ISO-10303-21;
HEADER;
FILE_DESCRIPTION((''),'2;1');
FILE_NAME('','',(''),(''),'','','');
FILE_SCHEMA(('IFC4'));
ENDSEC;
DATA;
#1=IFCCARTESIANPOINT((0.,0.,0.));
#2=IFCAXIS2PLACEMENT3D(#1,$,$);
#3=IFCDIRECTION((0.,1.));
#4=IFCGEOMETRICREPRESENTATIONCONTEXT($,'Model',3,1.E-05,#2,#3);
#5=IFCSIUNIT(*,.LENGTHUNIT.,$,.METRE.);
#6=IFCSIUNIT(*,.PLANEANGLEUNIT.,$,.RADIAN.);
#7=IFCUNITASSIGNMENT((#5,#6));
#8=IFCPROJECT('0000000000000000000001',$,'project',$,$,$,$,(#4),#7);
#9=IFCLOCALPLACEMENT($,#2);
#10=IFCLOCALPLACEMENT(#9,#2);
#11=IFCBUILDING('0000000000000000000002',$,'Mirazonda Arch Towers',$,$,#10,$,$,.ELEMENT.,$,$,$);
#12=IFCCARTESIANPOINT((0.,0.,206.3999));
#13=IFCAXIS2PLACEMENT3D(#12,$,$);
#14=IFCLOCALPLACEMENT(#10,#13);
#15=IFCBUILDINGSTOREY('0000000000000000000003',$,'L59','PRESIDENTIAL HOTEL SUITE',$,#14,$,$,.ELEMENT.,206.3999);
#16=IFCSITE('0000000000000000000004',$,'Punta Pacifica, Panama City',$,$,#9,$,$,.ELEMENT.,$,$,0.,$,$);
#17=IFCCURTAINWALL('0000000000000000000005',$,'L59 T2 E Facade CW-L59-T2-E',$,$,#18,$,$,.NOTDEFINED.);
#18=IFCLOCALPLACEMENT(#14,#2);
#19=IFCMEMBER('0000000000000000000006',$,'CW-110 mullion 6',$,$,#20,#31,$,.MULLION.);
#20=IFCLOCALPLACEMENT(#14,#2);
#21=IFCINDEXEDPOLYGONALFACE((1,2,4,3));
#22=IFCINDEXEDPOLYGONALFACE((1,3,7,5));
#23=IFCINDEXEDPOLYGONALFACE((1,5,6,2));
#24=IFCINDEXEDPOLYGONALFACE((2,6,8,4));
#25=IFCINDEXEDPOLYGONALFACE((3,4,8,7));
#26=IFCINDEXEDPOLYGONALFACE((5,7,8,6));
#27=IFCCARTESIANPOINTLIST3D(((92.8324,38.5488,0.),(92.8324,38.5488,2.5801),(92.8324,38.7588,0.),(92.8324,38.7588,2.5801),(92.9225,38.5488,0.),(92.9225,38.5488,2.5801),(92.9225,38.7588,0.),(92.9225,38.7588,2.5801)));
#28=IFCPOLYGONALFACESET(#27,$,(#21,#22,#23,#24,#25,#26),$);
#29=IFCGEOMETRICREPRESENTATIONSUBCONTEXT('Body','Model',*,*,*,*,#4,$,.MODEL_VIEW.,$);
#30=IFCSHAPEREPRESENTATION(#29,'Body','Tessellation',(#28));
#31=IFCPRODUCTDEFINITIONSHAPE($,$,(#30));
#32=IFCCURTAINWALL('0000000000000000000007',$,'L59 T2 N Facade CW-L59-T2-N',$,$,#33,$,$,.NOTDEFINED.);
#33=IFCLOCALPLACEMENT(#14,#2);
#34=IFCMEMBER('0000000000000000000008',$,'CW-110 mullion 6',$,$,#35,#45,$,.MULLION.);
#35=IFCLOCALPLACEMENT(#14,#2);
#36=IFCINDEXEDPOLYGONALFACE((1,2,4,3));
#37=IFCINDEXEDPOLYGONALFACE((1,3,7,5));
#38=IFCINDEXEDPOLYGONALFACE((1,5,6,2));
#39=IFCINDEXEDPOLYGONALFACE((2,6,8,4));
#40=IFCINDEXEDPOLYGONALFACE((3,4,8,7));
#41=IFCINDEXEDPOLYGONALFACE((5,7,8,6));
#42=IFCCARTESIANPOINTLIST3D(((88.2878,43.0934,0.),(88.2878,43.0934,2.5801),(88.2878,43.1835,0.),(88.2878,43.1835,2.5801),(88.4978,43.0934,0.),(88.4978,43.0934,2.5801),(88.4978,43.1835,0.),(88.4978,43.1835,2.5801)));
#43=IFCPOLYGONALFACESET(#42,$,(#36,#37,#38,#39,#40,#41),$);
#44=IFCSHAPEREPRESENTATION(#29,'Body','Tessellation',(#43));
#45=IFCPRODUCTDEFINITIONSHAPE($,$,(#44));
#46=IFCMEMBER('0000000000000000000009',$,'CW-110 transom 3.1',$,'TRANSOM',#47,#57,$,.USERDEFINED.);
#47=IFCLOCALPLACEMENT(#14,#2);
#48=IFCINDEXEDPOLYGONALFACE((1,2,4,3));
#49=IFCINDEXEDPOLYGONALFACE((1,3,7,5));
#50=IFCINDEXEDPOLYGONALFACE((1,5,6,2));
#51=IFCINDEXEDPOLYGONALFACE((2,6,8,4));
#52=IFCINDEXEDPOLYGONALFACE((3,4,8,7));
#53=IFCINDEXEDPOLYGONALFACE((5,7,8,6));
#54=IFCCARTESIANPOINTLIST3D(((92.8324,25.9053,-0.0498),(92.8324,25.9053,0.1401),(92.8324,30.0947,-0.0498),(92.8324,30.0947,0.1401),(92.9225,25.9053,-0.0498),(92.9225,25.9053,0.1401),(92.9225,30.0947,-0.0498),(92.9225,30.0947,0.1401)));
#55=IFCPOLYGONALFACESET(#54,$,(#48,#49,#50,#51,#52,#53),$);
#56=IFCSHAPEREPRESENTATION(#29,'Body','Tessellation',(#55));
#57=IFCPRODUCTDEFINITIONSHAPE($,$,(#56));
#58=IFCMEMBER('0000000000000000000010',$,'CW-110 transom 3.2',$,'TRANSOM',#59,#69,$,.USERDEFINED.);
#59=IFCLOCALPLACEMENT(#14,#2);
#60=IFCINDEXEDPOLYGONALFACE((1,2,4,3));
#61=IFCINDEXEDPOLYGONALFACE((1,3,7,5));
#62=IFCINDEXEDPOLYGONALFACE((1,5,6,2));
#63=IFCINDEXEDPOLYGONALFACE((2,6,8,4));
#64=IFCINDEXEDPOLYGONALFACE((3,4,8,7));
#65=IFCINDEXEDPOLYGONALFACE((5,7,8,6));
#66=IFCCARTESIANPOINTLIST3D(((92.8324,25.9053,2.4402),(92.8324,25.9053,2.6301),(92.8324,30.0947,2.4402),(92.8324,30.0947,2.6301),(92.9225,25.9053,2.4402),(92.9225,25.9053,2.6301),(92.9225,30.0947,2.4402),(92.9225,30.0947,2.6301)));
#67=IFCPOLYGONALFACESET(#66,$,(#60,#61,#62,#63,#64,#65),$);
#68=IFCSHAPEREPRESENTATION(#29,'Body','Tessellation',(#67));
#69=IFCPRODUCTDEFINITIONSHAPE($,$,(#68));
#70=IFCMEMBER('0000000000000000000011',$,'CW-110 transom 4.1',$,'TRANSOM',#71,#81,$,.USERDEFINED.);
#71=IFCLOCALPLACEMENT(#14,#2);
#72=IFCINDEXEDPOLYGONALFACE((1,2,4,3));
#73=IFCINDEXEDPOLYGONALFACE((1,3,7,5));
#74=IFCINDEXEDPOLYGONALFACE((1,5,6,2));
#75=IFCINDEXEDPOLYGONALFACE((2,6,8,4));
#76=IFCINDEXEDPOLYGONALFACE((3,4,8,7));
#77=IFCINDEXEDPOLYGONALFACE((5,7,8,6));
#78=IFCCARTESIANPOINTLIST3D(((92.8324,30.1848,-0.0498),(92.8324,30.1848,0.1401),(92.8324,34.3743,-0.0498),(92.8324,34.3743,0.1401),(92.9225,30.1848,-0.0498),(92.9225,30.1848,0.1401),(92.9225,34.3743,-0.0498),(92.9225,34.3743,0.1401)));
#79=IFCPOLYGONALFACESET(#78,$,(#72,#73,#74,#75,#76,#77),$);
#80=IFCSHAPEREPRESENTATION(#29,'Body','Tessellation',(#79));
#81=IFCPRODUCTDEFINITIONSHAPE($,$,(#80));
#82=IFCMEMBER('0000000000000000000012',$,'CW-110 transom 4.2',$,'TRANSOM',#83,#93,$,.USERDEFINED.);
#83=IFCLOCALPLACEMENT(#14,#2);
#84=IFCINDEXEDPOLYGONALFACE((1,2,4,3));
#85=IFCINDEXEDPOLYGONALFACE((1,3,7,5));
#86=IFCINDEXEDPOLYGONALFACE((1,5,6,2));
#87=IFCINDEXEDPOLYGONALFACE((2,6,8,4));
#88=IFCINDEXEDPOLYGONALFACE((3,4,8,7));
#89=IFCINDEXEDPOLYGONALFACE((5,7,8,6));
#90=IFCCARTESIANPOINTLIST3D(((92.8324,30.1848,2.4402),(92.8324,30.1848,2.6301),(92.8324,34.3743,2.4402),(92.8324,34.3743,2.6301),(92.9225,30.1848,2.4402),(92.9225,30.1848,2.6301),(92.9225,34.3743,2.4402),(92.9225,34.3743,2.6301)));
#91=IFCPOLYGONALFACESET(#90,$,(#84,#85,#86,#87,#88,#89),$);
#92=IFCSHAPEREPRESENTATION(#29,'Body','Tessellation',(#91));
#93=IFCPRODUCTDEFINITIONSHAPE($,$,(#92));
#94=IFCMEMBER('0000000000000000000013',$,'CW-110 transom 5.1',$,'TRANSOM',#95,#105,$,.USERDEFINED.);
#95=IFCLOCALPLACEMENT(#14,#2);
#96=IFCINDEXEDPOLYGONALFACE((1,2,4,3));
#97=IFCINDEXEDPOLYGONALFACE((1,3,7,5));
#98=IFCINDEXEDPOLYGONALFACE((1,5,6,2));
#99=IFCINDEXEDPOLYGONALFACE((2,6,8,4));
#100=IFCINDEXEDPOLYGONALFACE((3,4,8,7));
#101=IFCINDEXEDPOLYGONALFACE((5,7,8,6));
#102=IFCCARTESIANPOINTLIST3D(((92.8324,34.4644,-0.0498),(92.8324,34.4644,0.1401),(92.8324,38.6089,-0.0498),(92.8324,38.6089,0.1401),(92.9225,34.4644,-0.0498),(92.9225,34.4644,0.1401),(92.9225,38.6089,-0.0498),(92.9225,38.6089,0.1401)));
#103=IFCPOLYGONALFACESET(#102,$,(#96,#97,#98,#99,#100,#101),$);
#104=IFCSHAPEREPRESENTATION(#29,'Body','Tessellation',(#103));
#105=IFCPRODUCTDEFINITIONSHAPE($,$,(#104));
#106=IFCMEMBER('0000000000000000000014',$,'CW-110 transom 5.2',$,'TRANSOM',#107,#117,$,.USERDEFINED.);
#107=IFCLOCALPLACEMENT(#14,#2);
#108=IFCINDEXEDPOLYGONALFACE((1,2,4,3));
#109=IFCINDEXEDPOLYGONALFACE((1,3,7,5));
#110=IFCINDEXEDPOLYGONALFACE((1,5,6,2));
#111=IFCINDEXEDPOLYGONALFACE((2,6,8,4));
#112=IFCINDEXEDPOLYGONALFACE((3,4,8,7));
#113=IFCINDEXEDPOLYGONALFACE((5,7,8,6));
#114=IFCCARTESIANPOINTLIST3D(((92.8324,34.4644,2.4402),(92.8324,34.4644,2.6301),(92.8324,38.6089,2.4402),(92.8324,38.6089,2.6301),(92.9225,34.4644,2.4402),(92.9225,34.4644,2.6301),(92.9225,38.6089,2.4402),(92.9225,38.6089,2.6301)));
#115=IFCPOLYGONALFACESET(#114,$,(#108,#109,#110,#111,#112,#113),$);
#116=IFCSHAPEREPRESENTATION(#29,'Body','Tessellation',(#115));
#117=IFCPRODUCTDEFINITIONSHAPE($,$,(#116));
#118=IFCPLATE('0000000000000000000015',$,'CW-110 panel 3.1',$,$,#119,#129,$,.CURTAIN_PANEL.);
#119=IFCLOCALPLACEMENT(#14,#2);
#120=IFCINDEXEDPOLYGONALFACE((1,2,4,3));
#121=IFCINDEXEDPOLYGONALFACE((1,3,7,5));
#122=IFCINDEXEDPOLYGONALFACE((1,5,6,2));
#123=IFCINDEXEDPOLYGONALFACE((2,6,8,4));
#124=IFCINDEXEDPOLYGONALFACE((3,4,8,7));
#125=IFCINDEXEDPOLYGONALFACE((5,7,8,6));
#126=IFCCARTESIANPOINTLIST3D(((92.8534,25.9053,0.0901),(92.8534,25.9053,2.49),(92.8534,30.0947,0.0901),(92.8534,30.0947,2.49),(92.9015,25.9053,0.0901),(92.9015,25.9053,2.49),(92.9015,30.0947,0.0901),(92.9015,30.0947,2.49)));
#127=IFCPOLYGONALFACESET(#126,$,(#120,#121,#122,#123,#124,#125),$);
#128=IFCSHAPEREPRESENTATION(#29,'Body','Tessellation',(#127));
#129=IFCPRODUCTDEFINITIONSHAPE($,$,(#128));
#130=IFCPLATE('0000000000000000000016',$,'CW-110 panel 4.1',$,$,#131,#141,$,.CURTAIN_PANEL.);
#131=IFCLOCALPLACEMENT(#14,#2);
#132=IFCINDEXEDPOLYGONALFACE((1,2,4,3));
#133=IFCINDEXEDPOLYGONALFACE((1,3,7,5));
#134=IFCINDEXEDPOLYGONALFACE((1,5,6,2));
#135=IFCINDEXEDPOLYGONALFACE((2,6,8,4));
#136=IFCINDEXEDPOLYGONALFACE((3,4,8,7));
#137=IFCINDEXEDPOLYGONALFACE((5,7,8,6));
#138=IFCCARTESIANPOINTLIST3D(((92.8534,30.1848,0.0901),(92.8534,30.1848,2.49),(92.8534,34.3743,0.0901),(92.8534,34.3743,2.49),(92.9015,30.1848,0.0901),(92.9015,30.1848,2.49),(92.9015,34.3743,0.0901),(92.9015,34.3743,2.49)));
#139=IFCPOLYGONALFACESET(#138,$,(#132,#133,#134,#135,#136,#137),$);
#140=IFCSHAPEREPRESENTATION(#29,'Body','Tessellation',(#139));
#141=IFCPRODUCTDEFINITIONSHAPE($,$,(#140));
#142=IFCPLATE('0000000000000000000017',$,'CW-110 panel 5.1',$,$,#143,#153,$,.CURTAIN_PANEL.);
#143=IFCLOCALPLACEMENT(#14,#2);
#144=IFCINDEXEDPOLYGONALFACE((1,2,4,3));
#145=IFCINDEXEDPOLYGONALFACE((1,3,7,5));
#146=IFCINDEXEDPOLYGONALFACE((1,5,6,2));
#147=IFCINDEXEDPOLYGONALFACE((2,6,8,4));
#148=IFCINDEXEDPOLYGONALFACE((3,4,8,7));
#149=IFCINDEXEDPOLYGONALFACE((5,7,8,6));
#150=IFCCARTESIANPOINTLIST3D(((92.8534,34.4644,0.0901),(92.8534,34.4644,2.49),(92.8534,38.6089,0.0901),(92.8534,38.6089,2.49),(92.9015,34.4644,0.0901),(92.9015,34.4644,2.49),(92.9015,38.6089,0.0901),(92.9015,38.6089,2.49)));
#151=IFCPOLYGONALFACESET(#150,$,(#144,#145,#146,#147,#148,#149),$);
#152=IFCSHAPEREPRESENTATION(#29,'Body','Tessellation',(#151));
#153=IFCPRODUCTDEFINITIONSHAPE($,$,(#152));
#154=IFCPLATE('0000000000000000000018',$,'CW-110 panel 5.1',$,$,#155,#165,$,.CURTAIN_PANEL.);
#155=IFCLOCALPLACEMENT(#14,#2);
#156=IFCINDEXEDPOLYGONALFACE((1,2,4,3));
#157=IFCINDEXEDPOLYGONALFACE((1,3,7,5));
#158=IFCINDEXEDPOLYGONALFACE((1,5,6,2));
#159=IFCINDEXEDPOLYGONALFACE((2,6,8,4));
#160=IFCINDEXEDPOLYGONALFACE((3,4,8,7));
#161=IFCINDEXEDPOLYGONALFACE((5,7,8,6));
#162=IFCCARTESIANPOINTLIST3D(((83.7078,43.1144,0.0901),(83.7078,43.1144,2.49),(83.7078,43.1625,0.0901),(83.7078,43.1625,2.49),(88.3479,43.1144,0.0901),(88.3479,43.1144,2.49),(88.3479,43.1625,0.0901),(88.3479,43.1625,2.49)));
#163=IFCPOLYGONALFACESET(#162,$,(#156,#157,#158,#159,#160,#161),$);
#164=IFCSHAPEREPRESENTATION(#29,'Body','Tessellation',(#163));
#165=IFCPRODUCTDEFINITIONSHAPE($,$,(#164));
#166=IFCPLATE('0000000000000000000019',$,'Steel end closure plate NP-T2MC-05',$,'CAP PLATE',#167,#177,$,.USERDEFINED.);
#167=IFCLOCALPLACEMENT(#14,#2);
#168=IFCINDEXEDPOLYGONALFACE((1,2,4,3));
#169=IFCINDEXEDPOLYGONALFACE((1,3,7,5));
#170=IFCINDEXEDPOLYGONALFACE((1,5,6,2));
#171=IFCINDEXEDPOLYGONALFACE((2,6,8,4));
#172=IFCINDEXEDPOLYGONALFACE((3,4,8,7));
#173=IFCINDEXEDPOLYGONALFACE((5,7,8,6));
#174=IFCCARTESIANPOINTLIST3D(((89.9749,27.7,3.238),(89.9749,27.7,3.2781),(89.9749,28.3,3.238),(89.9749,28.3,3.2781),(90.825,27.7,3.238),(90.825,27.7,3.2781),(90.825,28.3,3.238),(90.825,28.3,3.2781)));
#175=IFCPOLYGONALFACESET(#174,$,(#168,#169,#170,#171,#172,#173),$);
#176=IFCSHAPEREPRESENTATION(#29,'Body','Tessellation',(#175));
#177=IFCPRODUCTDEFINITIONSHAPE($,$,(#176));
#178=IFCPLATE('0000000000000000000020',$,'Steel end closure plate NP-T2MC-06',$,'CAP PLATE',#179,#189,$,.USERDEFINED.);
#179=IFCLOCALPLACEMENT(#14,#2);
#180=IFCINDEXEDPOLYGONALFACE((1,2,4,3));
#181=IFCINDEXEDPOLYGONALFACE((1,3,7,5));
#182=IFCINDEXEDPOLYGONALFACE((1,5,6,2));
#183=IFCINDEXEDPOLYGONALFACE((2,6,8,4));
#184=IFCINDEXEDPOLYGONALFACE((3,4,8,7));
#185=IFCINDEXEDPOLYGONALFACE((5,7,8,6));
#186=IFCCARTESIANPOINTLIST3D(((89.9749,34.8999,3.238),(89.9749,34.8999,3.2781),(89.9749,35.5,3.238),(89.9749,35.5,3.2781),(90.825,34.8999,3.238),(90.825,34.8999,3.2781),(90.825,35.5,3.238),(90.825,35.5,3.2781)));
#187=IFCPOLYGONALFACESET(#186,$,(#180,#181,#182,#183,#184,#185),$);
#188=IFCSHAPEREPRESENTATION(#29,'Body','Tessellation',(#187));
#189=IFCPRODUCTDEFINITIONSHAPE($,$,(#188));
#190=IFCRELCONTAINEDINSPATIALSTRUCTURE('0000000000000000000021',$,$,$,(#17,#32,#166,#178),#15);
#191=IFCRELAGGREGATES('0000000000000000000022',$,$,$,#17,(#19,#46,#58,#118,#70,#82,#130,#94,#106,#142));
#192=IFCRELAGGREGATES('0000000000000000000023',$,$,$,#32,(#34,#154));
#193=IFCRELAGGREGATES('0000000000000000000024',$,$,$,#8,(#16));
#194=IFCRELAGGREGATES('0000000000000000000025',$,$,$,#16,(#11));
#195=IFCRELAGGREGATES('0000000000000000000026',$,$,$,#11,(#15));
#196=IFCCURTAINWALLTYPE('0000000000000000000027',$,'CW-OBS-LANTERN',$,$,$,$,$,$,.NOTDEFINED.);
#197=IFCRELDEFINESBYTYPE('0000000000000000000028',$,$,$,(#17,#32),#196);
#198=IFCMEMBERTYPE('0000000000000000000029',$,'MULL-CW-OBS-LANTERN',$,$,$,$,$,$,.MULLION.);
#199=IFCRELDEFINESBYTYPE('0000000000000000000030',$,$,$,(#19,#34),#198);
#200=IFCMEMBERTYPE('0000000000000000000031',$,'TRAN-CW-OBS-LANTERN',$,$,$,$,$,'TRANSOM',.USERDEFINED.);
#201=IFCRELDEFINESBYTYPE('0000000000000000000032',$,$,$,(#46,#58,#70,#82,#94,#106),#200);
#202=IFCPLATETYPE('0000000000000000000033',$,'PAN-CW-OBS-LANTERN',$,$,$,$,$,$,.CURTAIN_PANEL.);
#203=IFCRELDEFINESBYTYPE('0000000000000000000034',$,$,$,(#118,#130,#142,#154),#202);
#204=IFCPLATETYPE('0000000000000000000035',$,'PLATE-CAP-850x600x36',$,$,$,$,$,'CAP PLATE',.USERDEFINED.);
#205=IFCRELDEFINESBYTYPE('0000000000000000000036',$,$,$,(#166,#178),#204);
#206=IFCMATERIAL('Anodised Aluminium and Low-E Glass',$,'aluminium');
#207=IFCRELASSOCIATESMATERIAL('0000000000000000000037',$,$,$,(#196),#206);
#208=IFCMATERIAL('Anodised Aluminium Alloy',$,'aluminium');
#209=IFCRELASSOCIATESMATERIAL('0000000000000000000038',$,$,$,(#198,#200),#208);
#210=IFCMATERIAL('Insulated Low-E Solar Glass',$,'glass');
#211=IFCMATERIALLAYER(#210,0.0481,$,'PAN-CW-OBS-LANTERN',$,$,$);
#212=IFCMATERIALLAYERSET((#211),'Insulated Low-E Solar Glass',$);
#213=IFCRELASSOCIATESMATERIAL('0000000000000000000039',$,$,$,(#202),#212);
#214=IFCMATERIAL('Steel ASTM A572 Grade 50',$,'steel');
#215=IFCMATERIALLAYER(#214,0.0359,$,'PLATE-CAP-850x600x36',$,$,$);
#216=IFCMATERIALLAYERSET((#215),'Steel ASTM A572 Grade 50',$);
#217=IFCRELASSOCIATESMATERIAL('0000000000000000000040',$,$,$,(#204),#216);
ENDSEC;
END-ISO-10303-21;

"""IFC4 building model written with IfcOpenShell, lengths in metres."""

from ifc_helpers import new_model, si_unit, direction, frame, origin, origin_2d, place, context, subcontext, project, spatial, rectangle, extrude, material, layer, layer_set, material_profile, profile_set, type_object, element, aggregate, save


model = new_model("IFC4")

# Units and contexts
model_context = context("Model", 3, precision=1e-05, world=origin(), true_north=direction((0.0, 1.0)))
body_context = subcontext(model_context, "Body", "Model", "MODEL_VIEW")
ifc_project = project(units=[si_unit("LENGTHUNIT", "METRE"), si_unit("PLANEANGLEUNIT", "RADIAN")], contexts=[model_context])

# Site, building, storey
site_placement = place(None, origin())
site = spatial("IfcSite", under=ifc_project, at=site_placement, Name="Punta Pacifica, Panama City", CompositionType="ELEMENT", RefElevation=0.0)
building_placement = place(site_placement, origin())
building = spatial("IfcBuilding", under=site, at=building_placement, Name="Mirazonda Arch Towers", CompositionType="ELEMENT")
storey_placement = place(building_placement, frame((0.0, 0.0, 206.3999)))
storey = spatial("IfcBuildingStorey", under=building, at=storey_placement, Name="L59", Description="PRESIDENTIAL HOTEL SUITE", CompositionType="ELEMENT", Elevation=206.3999)

# Shared definitions
ifc_material_1 = material(Name="Steel ASTM A572 Grade 50", Category="steel")

# Curtain wall, member
ifc_material_2 = material(Name="Anodised Aluminium and Low-E Glass", Category="aluminium")
curtain_wall_type = type_object("IfcCurtainWallType", Name="CW-OBS-LANTERN", PredefinedType="NOTDEFINED", material=ifc_material_2)
curtain_wall_1_placement = place(storey_placement, origin())
curtain_wall_1 = element("IfcCurtainWall", 1, at=curtain_wall_1_placement, inside=storey, type_object=curtain_wall_type, Name="L59 T2 E Facade CW-L59-T2-E", PredefinedType="NOTDEFINED")
ifc_material_3 = material(Name="Anodised Aluminium Alloy", Category="aluminium")
ifc_material_profile_1 = material_profile(ifc_material_3, rectangle(XDim=0.0901, YDim=0.21, at=origin_2d()), Name="ALU-MULL-90x210")
ifc_profile_set_1 = profile_set([ifc_material_profile_1], Name="Anodised Aluminium Alloy")
member_type_1 = type_object("IfcMemberType", Name="MULL-CW-OBS-LANTERN", PredefinedType="MULLION", material=ifc_profile_set_1)
member_1_placement = place(storey_placement, frame((92.8774, 38.6538, 0.0), z_axis=(0.0, 0.0, 1.0), x_axis=(-1.0, 0.0, 0.0)))
member_1 = element("IfcMember", 2, at=member_1_placement, type_object=member_type_1, Name="CW-110 mullion 6", PredefinedType="MULLION", context=body_context, shape_type="SweptSolid", body=[
    extrude(rectangle(XDim=0.0901, YDim=0.21, at=origin_2d()), origin(), (0.0, 0.0, 1.0), 2.5801),
])

# Curtain wall, member
curtain_wall_2_placement = place(storey_placement, origin())
curtain_wall_2 = element("IfcCurtainWall", 3, at=curtain_wall_2_placement, inside=storey, type_object=curtain_wall_type, Name="L59 T2 N Facade CW-L59-T2-N", PredefinedType="NOTDEFINED")
member_2_placement = place(storey_placement, frame((88.3928, 43.1384, 0.0), z_axis=(0.0, 0.0, 1.0), x_axis=(0.0, 1.0, 0.0)))
member_2 = element("IfcMember", 4, at=member_2_placement, type_object=member_type_1, Name="CW-110 mullion 6", PredefinedType="MULLION", context=body_context, shape_type="SweptSolid", body=[
    extrude(rectangle(XDim=0.0901, YDim=0.21, at=origin_2d()), origin(), (0.0, 0.0, 1.0), 2.5801),
])

# Members
ifc_material_profile_2 = material_profile(ifc_material_3, rectangle(XDim=0.0901, YDim=0.1899, at=origin_2d()), Name="ALU-TRAN-90x190")
ifc_profile_set_2 = profile_set([ifc_material_profile_2], Name="Anodised Aluminium Alloy")
member_type_2 = type_object("IfcMemberType", Name="TRAN-CW-OBS-LANTERN", ElementType="TRANSOM", PredefinedType="USERDEFINED", material=ifc_profile_set_2)
member_3_placement = place(storey_placement, frame((92.8774, 25.9053, 0.0452), z_axis=(0.0, 1.0, 0.0), x_axis=(-1.0, 0.0, 0.0)))
member_3 = element("IfcMember", 5, at=member_3_placement, type_object=member_type_2, Name="CW-110 transom 3.1", ObjectType="TRANSOM", PredefinedType="USERDEFINED", context=body_context, shape_type="SweptSolid", body=[
    extrude(rectangle(XDim=0.0901, YDim=0.1899, at=origin_2d()), origin(), (0.0, 0.0, 1.0), 4.1895),
])
member_4_placement = place(storey_placement, frame((92.8774, 25.9053, 2.5352), z_axis=(0.0, 1.0, 0.0), x_axis=(-1.0, 0.0, 0.0)))
member_4 = element("IfcMember", 6, at=member_4_placement, type_object=member_type_2, Name="CW-110 transom 3.2", ObjectType="TRANSOM", PredefinedType="USERDEFINED", context=body_context, shape_type="SweptSolid", body=[
    extrude(rectangle(XDim=0.0901, YDim=0.1899, at=origin_2d()), origin(), (0.0, 0.0, 1.0), 4.1895),
])
member_5_placement = place(storey_placement, frame((92.8774, 30.1848, 0.0452), z_axis=(0.0, 1.0, 0.0), x_axis=(-1.0, 0.0, 0.0)))
member_5 = element("IfcMember", 7, at=member_5_placement, type_object=member_type_2, Name="CW-110 transom 4.1", ObjectType="TRANSOM", PredefinedType="USERDEFINED", context=body_context, shape_type="SweptSolid", body=[
    extrude(rectangle(XDim=0.0901, YDim=0.1899, at=origin_2d()), origin(), (0.0, 0.0, 1.0), 4.1895),
])
member_6_placement = place(storey_placement, frame((92.8774, 30.1848, 2.5352), z_axis=(0.0, 1.0, 0.0), x_axis=(-1.0, 0.0, 0.0)))
member_6 = element("IfcMember", 8, at=member_6_placement, type_object=member_type_2, Name="CW-110 transom 4.2", ObjectType="TRANSOM", PredefinedType="USERDEFINED", context=body_context, shape_type="SweptSolid", body=[
    extrude(rectangle(XDim=0.0901, YDim=0.1899, at=origin_2d()), origin(), (0.0, 0.0, 1.0), 4.1895),
])
member_7_placement = place(storey_placement, frame((92.8774, 34.4644, 0.0452), z_axis=(0.0, 1.0, 0.0), x_axis=(-1.0, 0.0, 0.0)))
member_7 = element("IfcMember", 9, at=member_7_placement, type_object=member_type_2, Name="CW-110 transom 5.1", ObjectType="TRANSOM", PredefinedType="USERDEFINED", context=body_context, shape_type="SweptSolid", body=[
    extrude(rectangle(XDim=0.0901, YDim=0.1899, at=origin_2d()), origin(), (0.0, 0.0, 1.0), 4.1445),
])
member_8_placement = place(storey_placement, frame((92.8774, 34.4644, 2.5352), z_axis=(0.0, 1.0, 0.0), x_axis=(-1.0, 0.0, 0.0)))
member_8 = element("IfcMember", 10, at=member_8_placement, type_object=member_type_2, Name="CW-110 transom 5.2", ObjectType="TRANSOM", PredefinedType="USERDEFINED", context=body_context, shape_type="SweptSolid", body=[
    extrude(rectangle(XDim=0.0901, YDim=0.1899, at=origin_2d()), origin(), (0.0, 0.0, 1.0), 4.1445),
])

# Plates
ifc_material_4 = material(Name="Insulated Low-E Solar Glass", Category="glass")
ifc_layer_1 = layer(ifc_material_4, 0.0481, Name="PAN-CW-OBS-LANTERN")
ifc_layer_set_1 = layer_set([ifc_layer_1], Name="Insulated Low-E Solar Glass")
plate_type_1 = type_object("IfcPlateType", Name="PAN-CW-OBS-LANTERN", PredefinedType="CURTAIN_PANEL", material=ifc_layer_set_1)
plate_1_placement = place(storey_placement, frame((92.8774, 28.0, 0.0901), z_axis=(0.0, 0.0, 1.0), x_axis=(0.0, 1.0, 0.0)))
plate_1 = element("IfcPlate", 11, at=plate_1_placement, type_object=plate_type_1, Name="CW-110 panel 3.1", PredefinedType="CURTAIN_PANEL", context=body_context, shape_type="SweptSolid", body=[
    extrude(rectangle(XDim=4.1895, YDim=0.0481, at=origin_2d()), origin(), (0.0, 0.0, 1.0), 2.3999),
])
plate_2_placement = place(storey_placement, frame((92.8774, 32.2795, 0.0901), z_axis=(0.0, 0.0, 1.0), x_axis=(0.0, 1.0, 0.0)))
plate_2 = element("IfcPlate", 12, at=plate_2_placement, type_object=plate_type_1, Name="CW-110 panel 4.1", PredefinedType="CURTAIN_PANEL", context=body_context, shape_type="SweptSolid", body=[
    extrude(rectangle(XDim=4.1895, YDim=0.0481, at=origin_2d()), origin(), (0.0, 0.0, 1.0), 2.3999),
])
plate_3_placement = place(storey_placement, frame((92.8774, 36.5366, 0.0901), z_axis=(0.0, 0.0, 1.0), x_axis=(0.0, 1.0, 0.0)))
plate_3 = element("IfcPlate", 13, at=plate_3_placement, type_object=plate_type_1, Name="CW-110 panel 5.1", PredefinedType="CURTAIN_PANEL", context=body_context, shape_type="SweptSolid", body=[
    extrude(rectangle(XDim=4.1445, YDim=0.0481, at=origin_2d()), origin(), (0.0, 0.0, 1.0), 2.3999),
])
aggregate(curtain_wall_1, [member_1, member_3, member_4, plate_1, member_5, member_6, plate_2, member_7, member_8, plate_3])
plate_4_placement = place(storey_placement, frame((86.0278, 43.1384, 0.0901), z_axis=(0.0, 0.0, 1.0), x_axis=(1.0, 0.0, 0.0)))
plate_4 = element("IfcPlate", 14, at=plate_4_placement, type_object=plate_type_1, Name="CW-110 panel 5.1", PredefinedType="CURTAIN_PANEL", context=body_context, shape_type="SweptSolid", body=[
    extrude(rectangle(XDim=4.6401, YDim=0.0481, at=origin_2d()), origin(), (0.0, 0.0, 1.0), 2.3999),
])
aggregate(curtain_wall_2, [member_2, plate_4])

# Plates
ifc_layer_2 = layer(ifc_material_1, 0.0359, Name="PLATE-CAP-850x600x36")
ifc_layer_set_2 = layer_set([ifc_layer_2], Name="Steel ASTM A572 Grade 50")
plate_type_2 = type_object("IfcPlateType", Name="PLATE-CAP-850x600x36", ElementType="CAP PLATE", PredefinedType="USERDEFINED", material=ifc_layer_set_2)
for number, where, z_axis, x_axis, name in (
    (15, (90.3999, 28.0, 3.238), (0.0, 0.0, 1.0), (1.0, 0.0, 0.0), "Steel end closure plate NP-T2MC-05"),
    (16, (90.3999, 35.2, 3.238), (0.0, 0.0, 1.0), (1.0, 0.0, 0.0), "Steel end closure plate NP-T2MC-06"),
):
    element("IfcPlate", number, at=place(storey_placement, frame(where, z_axis=z_axis, x_axis=x_axis)), inside=storey, type_object=plate_type_2, Name=name, ObjectType="CAP PLATE", PredefinedType="USERDEFINED", context=body_context, shape_type="SweptSolid", body=[
        extrude(rectangle(XDim=0.8501, YDim=0.6001, at=origin_2d()), origin(), (0.0, 0.0, 1.0), 0.04),
    ])

save(model, "model.ifc")
